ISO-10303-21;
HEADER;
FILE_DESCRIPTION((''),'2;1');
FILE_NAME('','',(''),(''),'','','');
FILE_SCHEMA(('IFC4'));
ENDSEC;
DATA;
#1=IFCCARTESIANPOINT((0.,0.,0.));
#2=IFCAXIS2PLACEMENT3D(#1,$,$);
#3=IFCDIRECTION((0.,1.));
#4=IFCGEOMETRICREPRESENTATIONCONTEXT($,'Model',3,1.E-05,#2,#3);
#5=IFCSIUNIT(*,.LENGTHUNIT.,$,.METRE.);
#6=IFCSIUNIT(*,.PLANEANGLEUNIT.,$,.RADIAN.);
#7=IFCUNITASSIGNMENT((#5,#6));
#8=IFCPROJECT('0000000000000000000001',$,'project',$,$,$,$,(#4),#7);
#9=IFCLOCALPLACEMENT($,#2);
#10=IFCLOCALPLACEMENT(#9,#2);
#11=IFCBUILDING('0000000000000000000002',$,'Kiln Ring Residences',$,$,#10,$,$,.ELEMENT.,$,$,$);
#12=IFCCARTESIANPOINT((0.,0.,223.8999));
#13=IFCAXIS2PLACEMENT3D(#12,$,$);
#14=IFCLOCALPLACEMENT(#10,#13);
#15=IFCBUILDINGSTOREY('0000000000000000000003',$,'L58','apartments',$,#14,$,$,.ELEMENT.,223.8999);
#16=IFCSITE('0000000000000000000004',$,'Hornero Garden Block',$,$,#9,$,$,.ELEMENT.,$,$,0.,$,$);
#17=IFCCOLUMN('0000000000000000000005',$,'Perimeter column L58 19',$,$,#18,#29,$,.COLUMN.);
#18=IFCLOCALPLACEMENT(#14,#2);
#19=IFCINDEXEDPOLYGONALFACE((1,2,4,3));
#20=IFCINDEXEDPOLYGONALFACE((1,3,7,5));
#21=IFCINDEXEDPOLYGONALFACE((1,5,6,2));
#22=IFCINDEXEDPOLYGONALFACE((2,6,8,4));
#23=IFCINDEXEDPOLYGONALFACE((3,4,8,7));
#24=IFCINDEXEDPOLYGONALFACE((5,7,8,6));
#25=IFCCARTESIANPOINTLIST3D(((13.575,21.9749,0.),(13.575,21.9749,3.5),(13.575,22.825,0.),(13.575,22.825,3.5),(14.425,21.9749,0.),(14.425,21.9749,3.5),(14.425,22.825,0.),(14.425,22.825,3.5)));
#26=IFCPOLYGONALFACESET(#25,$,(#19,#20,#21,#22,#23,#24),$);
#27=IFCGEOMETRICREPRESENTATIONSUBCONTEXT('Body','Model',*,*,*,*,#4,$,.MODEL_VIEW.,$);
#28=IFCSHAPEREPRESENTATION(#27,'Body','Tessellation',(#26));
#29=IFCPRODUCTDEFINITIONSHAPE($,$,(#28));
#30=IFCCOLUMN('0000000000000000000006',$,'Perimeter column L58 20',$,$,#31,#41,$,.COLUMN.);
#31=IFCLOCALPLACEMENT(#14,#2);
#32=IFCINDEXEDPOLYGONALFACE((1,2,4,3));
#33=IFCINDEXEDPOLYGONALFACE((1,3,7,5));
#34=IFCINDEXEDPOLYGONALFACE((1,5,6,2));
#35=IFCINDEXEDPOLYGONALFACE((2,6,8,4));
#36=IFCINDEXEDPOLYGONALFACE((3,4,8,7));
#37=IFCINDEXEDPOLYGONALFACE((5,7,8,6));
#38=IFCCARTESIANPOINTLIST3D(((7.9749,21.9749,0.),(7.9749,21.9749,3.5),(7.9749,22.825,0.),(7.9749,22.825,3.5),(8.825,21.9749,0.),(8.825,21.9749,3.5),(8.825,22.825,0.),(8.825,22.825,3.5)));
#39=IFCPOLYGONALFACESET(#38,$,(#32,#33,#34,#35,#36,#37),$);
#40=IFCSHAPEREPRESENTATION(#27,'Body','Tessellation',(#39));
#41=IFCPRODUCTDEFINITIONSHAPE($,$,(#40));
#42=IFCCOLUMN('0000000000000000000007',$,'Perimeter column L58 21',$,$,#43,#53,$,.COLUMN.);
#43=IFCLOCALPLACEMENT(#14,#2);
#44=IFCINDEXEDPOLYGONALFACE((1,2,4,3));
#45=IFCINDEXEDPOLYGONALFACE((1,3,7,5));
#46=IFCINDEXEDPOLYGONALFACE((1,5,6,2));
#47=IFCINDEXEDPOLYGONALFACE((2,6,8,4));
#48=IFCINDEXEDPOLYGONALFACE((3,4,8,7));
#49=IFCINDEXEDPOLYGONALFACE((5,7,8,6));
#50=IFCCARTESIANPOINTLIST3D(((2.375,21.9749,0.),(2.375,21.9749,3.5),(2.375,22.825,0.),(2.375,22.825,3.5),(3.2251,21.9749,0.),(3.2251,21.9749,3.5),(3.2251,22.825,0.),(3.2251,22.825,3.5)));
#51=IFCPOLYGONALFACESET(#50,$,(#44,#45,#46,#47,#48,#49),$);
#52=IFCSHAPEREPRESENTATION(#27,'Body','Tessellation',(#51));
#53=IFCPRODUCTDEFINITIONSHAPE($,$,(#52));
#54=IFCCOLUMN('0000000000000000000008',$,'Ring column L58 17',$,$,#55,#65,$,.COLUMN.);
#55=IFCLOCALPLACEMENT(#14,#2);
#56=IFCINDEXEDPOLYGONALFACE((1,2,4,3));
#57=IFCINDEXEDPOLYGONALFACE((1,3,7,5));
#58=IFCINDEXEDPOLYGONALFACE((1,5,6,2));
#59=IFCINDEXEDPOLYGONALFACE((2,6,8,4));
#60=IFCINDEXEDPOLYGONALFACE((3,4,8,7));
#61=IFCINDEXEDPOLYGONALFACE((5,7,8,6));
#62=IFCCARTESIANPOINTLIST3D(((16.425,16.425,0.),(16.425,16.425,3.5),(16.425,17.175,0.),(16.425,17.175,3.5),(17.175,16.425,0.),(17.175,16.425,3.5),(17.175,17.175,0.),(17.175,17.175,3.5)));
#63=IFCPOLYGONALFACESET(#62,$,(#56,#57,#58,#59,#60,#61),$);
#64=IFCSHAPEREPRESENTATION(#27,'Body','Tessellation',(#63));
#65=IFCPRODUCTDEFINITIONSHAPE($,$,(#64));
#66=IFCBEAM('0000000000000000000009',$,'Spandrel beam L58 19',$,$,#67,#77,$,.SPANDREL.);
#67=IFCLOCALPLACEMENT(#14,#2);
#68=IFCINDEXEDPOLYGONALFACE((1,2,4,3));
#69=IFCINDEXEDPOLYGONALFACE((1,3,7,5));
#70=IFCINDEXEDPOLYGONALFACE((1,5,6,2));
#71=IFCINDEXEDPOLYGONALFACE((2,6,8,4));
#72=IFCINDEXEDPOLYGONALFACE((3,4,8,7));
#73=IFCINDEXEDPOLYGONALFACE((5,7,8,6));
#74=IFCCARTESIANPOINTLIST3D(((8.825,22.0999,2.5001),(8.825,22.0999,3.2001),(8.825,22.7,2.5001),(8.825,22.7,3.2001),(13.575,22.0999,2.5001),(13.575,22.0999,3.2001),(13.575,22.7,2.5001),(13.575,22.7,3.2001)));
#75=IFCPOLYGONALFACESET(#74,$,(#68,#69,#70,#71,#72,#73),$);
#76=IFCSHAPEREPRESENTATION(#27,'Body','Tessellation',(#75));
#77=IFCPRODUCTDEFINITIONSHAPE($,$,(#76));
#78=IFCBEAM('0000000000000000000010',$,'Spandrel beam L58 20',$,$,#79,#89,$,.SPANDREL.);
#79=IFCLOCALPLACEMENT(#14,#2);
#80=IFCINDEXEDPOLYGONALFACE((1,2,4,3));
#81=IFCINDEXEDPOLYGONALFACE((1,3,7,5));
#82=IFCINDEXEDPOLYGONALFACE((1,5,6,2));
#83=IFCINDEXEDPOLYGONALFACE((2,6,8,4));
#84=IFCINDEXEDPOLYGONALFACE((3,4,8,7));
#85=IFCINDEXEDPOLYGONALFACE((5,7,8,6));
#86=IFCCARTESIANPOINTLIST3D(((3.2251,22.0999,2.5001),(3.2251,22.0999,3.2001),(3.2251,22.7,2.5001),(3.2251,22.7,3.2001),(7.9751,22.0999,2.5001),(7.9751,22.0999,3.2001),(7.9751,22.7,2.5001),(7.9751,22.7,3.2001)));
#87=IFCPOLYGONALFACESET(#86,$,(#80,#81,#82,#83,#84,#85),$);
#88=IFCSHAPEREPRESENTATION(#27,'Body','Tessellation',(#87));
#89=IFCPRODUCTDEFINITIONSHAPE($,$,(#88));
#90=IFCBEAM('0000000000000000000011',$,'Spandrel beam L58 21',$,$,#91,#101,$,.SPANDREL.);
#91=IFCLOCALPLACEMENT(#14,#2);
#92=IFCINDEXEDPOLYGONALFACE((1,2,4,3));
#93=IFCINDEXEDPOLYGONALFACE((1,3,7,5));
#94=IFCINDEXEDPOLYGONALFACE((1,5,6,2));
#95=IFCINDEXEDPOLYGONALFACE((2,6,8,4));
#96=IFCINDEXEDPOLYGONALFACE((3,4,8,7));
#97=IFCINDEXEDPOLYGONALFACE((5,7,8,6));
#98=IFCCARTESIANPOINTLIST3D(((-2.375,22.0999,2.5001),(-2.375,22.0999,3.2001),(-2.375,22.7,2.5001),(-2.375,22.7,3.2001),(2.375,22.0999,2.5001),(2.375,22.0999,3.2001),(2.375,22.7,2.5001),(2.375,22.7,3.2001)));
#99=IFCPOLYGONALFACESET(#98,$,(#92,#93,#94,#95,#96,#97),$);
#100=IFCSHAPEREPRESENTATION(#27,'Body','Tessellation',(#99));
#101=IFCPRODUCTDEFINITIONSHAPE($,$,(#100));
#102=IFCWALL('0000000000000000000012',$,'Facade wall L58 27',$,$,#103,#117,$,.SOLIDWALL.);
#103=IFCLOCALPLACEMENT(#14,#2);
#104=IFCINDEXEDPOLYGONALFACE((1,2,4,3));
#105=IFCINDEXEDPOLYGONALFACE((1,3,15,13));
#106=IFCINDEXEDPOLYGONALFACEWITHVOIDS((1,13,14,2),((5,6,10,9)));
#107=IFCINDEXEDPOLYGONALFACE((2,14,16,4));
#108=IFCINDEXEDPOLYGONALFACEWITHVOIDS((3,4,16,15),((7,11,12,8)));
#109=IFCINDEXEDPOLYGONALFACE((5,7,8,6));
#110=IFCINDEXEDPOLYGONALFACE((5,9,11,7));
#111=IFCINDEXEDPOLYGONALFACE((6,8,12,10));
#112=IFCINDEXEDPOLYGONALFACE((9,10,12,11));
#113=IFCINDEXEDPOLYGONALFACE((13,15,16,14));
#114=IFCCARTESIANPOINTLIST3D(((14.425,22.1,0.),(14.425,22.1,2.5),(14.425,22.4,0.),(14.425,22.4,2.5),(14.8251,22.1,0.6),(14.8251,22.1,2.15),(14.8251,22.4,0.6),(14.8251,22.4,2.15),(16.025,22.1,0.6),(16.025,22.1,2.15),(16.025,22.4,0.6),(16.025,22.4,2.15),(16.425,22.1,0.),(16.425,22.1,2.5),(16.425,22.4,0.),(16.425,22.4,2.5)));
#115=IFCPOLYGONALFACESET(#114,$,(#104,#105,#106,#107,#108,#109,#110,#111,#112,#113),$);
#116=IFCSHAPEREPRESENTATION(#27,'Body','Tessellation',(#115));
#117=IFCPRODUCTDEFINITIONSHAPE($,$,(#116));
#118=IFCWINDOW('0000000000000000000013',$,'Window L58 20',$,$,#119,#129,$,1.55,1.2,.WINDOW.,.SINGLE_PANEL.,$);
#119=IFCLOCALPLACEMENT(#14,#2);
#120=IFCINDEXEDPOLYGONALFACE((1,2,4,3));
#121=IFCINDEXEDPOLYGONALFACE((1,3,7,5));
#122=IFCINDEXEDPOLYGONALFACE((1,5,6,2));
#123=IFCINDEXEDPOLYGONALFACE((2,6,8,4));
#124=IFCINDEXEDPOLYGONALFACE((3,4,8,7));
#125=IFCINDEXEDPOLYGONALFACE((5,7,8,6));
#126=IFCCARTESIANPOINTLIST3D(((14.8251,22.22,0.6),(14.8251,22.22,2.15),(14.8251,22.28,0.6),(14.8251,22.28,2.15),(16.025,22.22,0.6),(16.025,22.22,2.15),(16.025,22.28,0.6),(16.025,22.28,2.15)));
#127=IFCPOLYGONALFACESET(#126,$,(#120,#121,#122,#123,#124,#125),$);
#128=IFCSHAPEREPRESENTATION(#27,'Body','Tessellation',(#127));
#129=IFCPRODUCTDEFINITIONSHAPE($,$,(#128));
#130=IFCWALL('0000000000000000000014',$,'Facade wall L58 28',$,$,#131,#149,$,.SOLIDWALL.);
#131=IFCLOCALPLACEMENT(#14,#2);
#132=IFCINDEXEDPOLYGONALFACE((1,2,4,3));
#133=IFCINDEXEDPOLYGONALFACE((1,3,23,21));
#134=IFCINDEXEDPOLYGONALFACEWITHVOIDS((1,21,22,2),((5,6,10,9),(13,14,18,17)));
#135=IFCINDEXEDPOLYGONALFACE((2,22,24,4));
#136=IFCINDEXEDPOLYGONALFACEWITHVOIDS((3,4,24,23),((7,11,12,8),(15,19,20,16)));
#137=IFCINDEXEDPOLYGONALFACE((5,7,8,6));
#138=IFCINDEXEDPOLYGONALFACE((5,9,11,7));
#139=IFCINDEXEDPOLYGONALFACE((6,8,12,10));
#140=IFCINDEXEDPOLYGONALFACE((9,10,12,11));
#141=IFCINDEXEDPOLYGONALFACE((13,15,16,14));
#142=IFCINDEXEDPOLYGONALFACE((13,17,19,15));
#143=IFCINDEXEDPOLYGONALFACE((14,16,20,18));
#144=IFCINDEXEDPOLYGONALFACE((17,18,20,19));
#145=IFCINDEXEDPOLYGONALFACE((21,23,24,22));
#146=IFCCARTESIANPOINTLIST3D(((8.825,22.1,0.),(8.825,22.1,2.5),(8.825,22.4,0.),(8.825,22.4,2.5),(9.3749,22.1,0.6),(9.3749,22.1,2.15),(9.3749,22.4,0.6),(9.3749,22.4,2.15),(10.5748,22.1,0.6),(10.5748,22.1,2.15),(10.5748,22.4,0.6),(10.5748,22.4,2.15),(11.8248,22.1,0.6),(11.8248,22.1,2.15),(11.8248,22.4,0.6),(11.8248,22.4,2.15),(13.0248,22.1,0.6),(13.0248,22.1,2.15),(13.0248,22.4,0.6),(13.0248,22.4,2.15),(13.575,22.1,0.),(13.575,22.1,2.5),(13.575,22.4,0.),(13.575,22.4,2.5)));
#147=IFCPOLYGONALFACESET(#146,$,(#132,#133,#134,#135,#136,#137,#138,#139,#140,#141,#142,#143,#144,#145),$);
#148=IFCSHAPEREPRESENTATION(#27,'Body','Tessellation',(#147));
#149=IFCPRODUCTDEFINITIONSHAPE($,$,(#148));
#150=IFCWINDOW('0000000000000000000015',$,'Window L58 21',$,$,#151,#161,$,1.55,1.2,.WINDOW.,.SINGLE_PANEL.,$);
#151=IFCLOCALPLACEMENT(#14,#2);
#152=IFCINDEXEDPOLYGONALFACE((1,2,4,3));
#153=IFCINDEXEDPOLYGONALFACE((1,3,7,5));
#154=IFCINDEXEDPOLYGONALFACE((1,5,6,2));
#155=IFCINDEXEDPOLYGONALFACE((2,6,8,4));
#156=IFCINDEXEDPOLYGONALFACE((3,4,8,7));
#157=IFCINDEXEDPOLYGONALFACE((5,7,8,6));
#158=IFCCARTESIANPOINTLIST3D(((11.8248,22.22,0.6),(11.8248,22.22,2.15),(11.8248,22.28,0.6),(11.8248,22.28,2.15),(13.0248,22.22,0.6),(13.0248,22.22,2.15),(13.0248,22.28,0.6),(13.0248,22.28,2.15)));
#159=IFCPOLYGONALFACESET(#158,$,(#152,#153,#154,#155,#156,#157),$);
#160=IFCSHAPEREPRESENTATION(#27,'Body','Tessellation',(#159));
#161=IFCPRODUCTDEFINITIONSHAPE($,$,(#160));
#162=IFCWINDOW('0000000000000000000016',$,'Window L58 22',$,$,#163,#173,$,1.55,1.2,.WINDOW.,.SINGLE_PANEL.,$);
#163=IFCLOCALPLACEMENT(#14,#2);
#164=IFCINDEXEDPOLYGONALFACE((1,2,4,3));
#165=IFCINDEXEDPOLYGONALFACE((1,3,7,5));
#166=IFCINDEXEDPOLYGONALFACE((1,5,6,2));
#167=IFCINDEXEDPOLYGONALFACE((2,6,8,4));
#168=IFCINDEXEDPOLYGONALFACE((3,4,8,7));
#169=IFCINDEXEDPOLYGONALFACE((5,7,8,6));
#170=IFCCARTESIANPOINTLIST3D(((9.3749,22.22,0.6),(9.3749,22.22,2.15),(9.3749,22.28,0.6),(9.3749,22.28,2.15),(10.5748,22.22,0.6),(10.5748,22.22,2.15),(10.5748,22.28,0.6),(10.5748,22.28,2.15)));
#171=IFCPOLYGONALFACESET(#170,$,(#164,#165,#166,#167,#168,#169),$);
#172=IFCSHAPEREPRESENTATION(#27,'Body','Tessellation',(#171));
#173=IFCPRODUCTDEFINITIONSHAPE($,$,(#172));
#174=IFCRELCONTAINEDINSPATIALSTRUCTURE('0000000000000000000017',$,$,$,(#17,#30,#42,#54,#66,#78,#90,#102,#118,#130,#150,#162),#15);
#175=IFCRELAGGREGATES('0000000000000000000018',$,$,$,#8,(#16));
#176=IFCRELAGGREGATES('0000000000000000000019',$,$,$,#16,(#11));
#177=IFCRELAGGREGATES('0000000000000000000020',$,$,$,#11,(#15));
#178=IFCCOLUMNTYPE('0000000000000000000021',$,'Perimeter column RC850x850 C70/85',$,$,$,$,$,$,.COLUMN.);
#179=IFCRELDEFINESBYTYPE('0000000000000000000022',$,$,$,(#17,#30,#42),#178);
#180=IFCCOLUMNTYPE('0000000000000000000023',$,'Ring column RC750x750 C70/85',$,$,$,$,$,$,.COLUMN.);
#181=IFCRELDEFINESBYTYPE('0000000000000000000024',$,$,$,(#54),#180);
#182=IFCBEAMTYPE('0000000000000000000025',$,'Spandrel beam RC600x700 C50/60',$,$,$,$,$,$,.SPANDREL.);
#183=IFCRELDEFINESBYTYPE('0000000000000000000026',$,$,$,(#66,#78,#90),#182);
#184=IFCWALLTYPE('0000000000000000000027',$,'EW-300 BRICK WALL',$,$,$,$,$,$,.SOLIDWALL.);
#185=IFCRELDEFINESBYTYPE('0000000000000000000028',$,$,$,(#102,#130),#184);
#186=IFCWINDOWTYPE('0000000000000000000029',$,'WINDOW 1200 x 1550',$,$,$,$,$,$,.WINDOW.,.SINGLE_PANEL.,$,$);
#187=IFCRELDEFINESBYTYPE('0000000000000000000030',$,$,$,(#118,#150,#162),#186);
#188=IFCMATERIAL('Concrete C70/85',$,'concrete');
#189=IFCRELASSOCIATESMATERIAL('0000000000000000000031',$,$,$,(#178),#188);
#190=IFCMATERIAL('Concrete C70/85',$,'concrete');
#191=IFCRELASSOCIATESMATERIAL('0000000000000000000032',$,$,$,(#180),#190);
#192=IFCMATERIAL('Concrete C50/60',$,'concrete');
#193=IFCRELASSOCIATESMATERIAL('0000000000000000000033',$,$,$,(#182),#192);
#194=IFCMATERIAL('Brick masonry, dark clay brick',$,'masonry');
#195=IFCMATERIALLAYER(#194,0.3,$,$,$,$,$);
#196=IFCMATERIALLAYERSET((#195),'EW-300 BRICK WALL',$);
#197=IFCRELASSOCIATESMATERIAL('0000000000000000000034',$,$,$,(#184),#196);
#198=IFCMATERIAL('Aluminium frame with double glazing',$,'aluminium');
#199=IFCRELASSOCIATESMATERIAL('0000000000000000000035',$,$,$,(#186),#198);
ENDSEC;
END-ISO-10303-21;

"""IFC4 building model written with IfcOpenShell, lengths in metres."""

from ifc_helpers import new_model, si_unit, direction, frame, frame_2d, origin, origin_2d, place, context, subcontext, project, spatial, rectangle, extrude, material, layer, layer_set, material_profile, profile_set, type_object, element, fill, save


model = new_model("IFC4")

# Units and contexts
model_context = context("Model", 3, precision=1e-05, world=origin(), true_north=direction((0.0, 1.0)))
body_context = subcontext(model_context, "Body", "Model", "MODEL_VIEW")
ifc_project = project(units=[si_unit("LENGTHUNIT", "METRE"), si_unit("PLANEANGLEUNIT", "RADIAN")], contexts=[model_context])

# Site, building, storey
site_placement = place(None, origin())
site = spatial("IfcSite", under=ifc_project, at=site_placement, Name="Hornero Garden Block", CompositionType="ELEMENT", RefElevation=0.0)
building_placement = place(site_placement, origin())
building = spatial("IfcBuilding", under=site, at=building_placement, Name="Kiln Ring Residences", CompositionType="ELEMENT")
storey_placement = place(building_placement, frame((0.0, 0.0, 223.8999)))
storey = spatial("IfcBuildingStorey", under=building, at=storey_placement, Name="L58", Description="apartments", CompositionType="ELEMENT", Elevation=223.8999)

# Columns
ifc_material_1 = material(Name="Concrete C70/85", Category="concrete")
ifc_material_profile_1 = material_profile(ifc_material_1, rectangle(XDim=0.8501, YDim=0.8501, at=origin_2d()), Name="RC850x850")
ifc_profile_set_1 = profile_set([ifc_material_profile_1], Name="Concrete C70/85")
column_type_1 = type_object("IfcColumnType", Name="Perimeter column RC850x850 C70/85", PredefinedType="COLUMN", material=ifc_profile_set_1)
for number, where, z_axis, x_axis, name in (
    (1, (14.0, 22.3999, 0.0), (0.0, 0.0, 1.0), (1.0, 0.0, 0.0), "Perimeter column L58 19"),
    (2, (8.3999, 22.3999, 0.0), (0.0, 0.0, 1.0), (1.0, 0.0, 0.0), "Perimeter column L58 20"),
    (3, (2.8, 22.3999, 0.0), (0.0, 0.0, 1.0), (1.0, 0.0, 0.0), "Perimeter column L58 21"),
):
    element("IfcColumn", number, at=place(storey_placement, frame(where, z_axis=z_axis, x_axis=x_axis)), inside=storey, type_object=column_type_1, Name=name, PredefinedType="COLUMN", context=body_context, shape_type="SweptSolid", body=[
        extrude(rectangle(XDim=0.8501, YDim=0.8501, at=origin_2d()), origin(), (0.0, 0.0, 1.0), 3.5),
    ])
ifc_material_2 = material(Name="Concrete C70/85", Category="concrete")
ifc_material_profile_2 = material_profile(ifc_material_2, rectangle(XDim=0.75, YDim=0.75, at=origin_2d()), Name="RC750x750")
ifc_profile_set_2 = profile_set([ifc_material_profile_2], Name="Concrete C70/85")
column_type_2 = type_object("IfcColumnType", Name="Ring column RC750x750 C70/85", PredefinedType="COLUMN", material=ifc_profile_set_2)
column_placement = place(storey_placement, frame((16.8, 16.8, 0.0), z_axis=(0.0, 0.0, 1.0), x_axis=(1.0, 0.0, 0.0)))
element("IfcColumn", 4, at=column_placement, inside=storey, type_object=column_type_2, Name="Ring column L58 17", PredefinedType="COLUMN", context=body_context, shape_type="SweptSolid", body=[
    extrude(rectangle(XDim=0.75, YDim=0.75, at=origin_2d()), origin(), (0.0, 0.0, 1.0), 3.5),
])

# Beams
ifc_material_3 = material(Name="Concrete C50/60", Category="concrete")
ifc_material_profile_3 = material_profile(ifc_material_3, rectangle(XDim=0.6001, YDim=0.7, at=origin_2d()), Name="RC600x700")
ifc_profile_set_3 = profile_set([ifc_material_profile_3], Name="Concrete C50/60")
beam_type = type_object("IfcBeamType", Name="Spandrel beam RC600x700 C50/60", PredefinedType="SPANDREL", material=ifc_profile_set_3)
for number, where, z_axis, x_axis, name in (
    (5, (13.575, 22.3999, 2.8501), (-1.0, 0.0, 0.0), (0.0, -1.0, 0.0), "Spandrel beam L58 19"),
    (6, (7.9751, 22.3999, 2.8501), (-1.0, 0.0, 0.0), (0.0, -1.0, 0.0), "Spandrel beam L58 20"),
    (7, (2.375, 22.3999, 2.8501), (-1.0, 0.0, 0.0), (0.0, -1.0, 0.0), "Spandrel beam L58 21"),
):
    element("IfcBeam", number, at=place(storey_placement, frame(where, z_axis=z_axis, x_axis=x_axis)), inside=storey, type_object=beam_type, Name=name, PredefinedType="SPANDREL", context=body_context, shape_type="SweptSolid", body=[
        extrude(rectangle(XDim=0.6001, YDim=0.7, at=origin_2d()), origin(), (0.0, 0.0, 1.0), 4.75),
    ])

# Wall, opening, window
ifc_material_4 = material(Name="Brick masonry, dark clay brick", Category="masonry")
ifc_layer_1 = layer(ifc_material_4, 0.3)
ifc_layer_set_1 = layer_set([ifc_layer_1], Name="EW-300 BRICK WALL")
wall_type_1 = type_object("IfcWallType", Name="EW-300 BRICK WALL", PredefinedType="SOLIDWALL", material=ifc_layer_set_1)
wall_1_placement = place(storey_placement, frame((16.425, 22.25, 0.0), z_axis=(0.0, 0.0, 1.0), x_axis=(-1.0, 0.0, 0.0)))
wall_1 = element("IfcWall", 8, at=wall_1_placement, inside=storey, type_object=wall_type_1, Name="Facade wall L58 27", PredefinedType="SOLIDWALL", context=body_context, shape_type="SweptSolid", body=[
    extrude(rectangle(XDim=2.0, YDim=0.3, at=frame_2d((1.0, 0.0))), origin(), (0.0, 0.0, 1.0), 2.5),
])
opening_1_placement = place(wall_1_placement, frame((0.3999, 0.0, 0.6001)))
opening_1 = element("IfcOpeningElement", 9, at=opening_1_placement, cuts=wall_1, PredefinedType="OPENING", context=body_context, shape_type="SweptSolid", body=[
    extrude(rectangle(XDim=1.2, YDim=1.55, at=frame_2d((0.6001, 0.7749))), frame((0.0, 0.1599, 0.0), z_axis=(0.0, -1.0, 0.0), x_axis=(1.0, 0.0, 0.0)), (0.0, 0.0, 1.0), 0.3201),
])
ifc_material_5 = material(Name="Aluminium frame with double glazing", Category="aluminium")
window_type_1 = type_object("IfcWindowType", Name="WINDOW 1200 x 1550", PartitioningType="SINGLE_PANEL", PredefinedType="WINDOW", material=ifc_material_5)
window_1_placement = place(opening_1_placement, origin())
window_1 = element("IfcWindow", 10, at=window_1_placement, inside=storey, type_object=window_type_1, Name="Window L58 20", OverallHeight=1.55, OverallWidth=1.2, PartitioningType="SINGLE_PANEL", PredefinedType="WINDOW", context=body_context, shape_type="SweptSolid", body=[
    extrude(rectangle(XDim=1.2, YDim=1.55, at=frame_2d((0.6001, 0.7749))), frame((0.0, 0.03, 0.0), z_axis=(0.0, -1.0, 0.0), x_axis=(1.0, 0.0, 0.0)), (0.0, 0.0, 1.0), 0.0601),
])
fill(opening_1, window_1)

# Wall, openings, windows
wall_2_placement = place(storey_placement, frame((13.575, 22.25, 0.0), z_axis=(0.0, 0.0, 1.0), x_axis=(-1.0, 0.0, 0.0)))
wall_2 = element("IfcWall", 11, at=wall_2_placement, inside=storey, type_object=wall_type_1, Name="Facade wall L58 28", PredefinedType="SOLIDWALL", context=body_context, shape_type="SweptSolid", body=[
    extrude(rectangle(XDim=4.75, YDim=0.3, at=frame_2d((2.375, 0.0))), origin(), (0.0, 0.0, 1.0), 2.5),
])
opening_2_placement = place(wall_2_placement, frame((0.55, 0.0, 0.6001)))
opening_2 = element("IfcOpeningElement", 12, at=opening_2_placement, cuts=wall_2, PredefinedType="OPENING", context=body_context, shape_type="SweptSolid", body=[
    extrude(rectangle(XDim=1.2, YDim=1.55, at=frame_2d((0.6001, 0.7749))), frame((0.0, 0.1599, 0.0), z_axis=(0.0, -1.0, 0.0), x_axis=(1.0, 0.0, 0.0)), (0.0, 0.0, 1.0), 0.3201),
])
opening_3_placement = place(wall_2_placement, frame((3.0, 0.0, 0.6001)))
opening_3 = element("IfcOpeningElement", 13, at=opening_3_placement, cuts=wall_2, PredefinedType="OPENING", context=body_context, shape_type="SweptSolid", body=[
    extrude(rectangle(XDim=1.2, YDim=1.55, at=frame_2d((0.6001, 0.7749))), frame((0.0, 0.1599, 0.0), z_axis=(0.0, -1.0, 0.0), x_axis=(1.0, 0.0, 0.0)), (0.0, 0.0, 1.0), 0.3201),
])
window_2_placement = place(opening_2_placement, origin())
window_2 = element("IfcWindow", 14, at=window_2_placement, inside=storey, type_object=window_type_1, Name="Window L58 21", OverallHeight=1.55, OverallWidth=1.2, PartitioningType="SINGLE_PANEL", PredefinedType="WINDOW", context=body_context, shape_type="SweptSolid", body=[
    extrude(rectangle(XDim=1.2, YDim=1.55, at=frame_2d((0.6001, 0.7749))), frame((0.0, 0.03, 0.0), z_axis=(0.0, -1.0, 0.0), x_axis=(1.0, 0.0, 0.0)), (0.0, 0.0, 1.0), 0.0601),
])
fill(opening_2, window_2)
window_3_placement = place(opening_3_placement, origin())
window_3 = element("IfcWindow", 15, at=window_3_placement, inside=storey, type_object=window_type_1, Name="Window L58 22", OverallHeight=1.55, OverallWidth=1.2, PartitioningType="SINGLE_PANEL", PredefinedType="WINDOW", context=body_context, shape_type="SweptSolid", body=[
    extrude(rectangle(XDim=1.2, YDim=1.55, at=frame_2d((0.6001, 0.7749))), frame((0.0, 0.03, 0.0), z_axis=(0.0, -1.0, 0.0), x_axis=(1.0, 0.0, 0.0)), (0.0, 0.0, 1.0), 0.0601),
])
fill(opening_3, window_3)

save(model, "model.ifc")
